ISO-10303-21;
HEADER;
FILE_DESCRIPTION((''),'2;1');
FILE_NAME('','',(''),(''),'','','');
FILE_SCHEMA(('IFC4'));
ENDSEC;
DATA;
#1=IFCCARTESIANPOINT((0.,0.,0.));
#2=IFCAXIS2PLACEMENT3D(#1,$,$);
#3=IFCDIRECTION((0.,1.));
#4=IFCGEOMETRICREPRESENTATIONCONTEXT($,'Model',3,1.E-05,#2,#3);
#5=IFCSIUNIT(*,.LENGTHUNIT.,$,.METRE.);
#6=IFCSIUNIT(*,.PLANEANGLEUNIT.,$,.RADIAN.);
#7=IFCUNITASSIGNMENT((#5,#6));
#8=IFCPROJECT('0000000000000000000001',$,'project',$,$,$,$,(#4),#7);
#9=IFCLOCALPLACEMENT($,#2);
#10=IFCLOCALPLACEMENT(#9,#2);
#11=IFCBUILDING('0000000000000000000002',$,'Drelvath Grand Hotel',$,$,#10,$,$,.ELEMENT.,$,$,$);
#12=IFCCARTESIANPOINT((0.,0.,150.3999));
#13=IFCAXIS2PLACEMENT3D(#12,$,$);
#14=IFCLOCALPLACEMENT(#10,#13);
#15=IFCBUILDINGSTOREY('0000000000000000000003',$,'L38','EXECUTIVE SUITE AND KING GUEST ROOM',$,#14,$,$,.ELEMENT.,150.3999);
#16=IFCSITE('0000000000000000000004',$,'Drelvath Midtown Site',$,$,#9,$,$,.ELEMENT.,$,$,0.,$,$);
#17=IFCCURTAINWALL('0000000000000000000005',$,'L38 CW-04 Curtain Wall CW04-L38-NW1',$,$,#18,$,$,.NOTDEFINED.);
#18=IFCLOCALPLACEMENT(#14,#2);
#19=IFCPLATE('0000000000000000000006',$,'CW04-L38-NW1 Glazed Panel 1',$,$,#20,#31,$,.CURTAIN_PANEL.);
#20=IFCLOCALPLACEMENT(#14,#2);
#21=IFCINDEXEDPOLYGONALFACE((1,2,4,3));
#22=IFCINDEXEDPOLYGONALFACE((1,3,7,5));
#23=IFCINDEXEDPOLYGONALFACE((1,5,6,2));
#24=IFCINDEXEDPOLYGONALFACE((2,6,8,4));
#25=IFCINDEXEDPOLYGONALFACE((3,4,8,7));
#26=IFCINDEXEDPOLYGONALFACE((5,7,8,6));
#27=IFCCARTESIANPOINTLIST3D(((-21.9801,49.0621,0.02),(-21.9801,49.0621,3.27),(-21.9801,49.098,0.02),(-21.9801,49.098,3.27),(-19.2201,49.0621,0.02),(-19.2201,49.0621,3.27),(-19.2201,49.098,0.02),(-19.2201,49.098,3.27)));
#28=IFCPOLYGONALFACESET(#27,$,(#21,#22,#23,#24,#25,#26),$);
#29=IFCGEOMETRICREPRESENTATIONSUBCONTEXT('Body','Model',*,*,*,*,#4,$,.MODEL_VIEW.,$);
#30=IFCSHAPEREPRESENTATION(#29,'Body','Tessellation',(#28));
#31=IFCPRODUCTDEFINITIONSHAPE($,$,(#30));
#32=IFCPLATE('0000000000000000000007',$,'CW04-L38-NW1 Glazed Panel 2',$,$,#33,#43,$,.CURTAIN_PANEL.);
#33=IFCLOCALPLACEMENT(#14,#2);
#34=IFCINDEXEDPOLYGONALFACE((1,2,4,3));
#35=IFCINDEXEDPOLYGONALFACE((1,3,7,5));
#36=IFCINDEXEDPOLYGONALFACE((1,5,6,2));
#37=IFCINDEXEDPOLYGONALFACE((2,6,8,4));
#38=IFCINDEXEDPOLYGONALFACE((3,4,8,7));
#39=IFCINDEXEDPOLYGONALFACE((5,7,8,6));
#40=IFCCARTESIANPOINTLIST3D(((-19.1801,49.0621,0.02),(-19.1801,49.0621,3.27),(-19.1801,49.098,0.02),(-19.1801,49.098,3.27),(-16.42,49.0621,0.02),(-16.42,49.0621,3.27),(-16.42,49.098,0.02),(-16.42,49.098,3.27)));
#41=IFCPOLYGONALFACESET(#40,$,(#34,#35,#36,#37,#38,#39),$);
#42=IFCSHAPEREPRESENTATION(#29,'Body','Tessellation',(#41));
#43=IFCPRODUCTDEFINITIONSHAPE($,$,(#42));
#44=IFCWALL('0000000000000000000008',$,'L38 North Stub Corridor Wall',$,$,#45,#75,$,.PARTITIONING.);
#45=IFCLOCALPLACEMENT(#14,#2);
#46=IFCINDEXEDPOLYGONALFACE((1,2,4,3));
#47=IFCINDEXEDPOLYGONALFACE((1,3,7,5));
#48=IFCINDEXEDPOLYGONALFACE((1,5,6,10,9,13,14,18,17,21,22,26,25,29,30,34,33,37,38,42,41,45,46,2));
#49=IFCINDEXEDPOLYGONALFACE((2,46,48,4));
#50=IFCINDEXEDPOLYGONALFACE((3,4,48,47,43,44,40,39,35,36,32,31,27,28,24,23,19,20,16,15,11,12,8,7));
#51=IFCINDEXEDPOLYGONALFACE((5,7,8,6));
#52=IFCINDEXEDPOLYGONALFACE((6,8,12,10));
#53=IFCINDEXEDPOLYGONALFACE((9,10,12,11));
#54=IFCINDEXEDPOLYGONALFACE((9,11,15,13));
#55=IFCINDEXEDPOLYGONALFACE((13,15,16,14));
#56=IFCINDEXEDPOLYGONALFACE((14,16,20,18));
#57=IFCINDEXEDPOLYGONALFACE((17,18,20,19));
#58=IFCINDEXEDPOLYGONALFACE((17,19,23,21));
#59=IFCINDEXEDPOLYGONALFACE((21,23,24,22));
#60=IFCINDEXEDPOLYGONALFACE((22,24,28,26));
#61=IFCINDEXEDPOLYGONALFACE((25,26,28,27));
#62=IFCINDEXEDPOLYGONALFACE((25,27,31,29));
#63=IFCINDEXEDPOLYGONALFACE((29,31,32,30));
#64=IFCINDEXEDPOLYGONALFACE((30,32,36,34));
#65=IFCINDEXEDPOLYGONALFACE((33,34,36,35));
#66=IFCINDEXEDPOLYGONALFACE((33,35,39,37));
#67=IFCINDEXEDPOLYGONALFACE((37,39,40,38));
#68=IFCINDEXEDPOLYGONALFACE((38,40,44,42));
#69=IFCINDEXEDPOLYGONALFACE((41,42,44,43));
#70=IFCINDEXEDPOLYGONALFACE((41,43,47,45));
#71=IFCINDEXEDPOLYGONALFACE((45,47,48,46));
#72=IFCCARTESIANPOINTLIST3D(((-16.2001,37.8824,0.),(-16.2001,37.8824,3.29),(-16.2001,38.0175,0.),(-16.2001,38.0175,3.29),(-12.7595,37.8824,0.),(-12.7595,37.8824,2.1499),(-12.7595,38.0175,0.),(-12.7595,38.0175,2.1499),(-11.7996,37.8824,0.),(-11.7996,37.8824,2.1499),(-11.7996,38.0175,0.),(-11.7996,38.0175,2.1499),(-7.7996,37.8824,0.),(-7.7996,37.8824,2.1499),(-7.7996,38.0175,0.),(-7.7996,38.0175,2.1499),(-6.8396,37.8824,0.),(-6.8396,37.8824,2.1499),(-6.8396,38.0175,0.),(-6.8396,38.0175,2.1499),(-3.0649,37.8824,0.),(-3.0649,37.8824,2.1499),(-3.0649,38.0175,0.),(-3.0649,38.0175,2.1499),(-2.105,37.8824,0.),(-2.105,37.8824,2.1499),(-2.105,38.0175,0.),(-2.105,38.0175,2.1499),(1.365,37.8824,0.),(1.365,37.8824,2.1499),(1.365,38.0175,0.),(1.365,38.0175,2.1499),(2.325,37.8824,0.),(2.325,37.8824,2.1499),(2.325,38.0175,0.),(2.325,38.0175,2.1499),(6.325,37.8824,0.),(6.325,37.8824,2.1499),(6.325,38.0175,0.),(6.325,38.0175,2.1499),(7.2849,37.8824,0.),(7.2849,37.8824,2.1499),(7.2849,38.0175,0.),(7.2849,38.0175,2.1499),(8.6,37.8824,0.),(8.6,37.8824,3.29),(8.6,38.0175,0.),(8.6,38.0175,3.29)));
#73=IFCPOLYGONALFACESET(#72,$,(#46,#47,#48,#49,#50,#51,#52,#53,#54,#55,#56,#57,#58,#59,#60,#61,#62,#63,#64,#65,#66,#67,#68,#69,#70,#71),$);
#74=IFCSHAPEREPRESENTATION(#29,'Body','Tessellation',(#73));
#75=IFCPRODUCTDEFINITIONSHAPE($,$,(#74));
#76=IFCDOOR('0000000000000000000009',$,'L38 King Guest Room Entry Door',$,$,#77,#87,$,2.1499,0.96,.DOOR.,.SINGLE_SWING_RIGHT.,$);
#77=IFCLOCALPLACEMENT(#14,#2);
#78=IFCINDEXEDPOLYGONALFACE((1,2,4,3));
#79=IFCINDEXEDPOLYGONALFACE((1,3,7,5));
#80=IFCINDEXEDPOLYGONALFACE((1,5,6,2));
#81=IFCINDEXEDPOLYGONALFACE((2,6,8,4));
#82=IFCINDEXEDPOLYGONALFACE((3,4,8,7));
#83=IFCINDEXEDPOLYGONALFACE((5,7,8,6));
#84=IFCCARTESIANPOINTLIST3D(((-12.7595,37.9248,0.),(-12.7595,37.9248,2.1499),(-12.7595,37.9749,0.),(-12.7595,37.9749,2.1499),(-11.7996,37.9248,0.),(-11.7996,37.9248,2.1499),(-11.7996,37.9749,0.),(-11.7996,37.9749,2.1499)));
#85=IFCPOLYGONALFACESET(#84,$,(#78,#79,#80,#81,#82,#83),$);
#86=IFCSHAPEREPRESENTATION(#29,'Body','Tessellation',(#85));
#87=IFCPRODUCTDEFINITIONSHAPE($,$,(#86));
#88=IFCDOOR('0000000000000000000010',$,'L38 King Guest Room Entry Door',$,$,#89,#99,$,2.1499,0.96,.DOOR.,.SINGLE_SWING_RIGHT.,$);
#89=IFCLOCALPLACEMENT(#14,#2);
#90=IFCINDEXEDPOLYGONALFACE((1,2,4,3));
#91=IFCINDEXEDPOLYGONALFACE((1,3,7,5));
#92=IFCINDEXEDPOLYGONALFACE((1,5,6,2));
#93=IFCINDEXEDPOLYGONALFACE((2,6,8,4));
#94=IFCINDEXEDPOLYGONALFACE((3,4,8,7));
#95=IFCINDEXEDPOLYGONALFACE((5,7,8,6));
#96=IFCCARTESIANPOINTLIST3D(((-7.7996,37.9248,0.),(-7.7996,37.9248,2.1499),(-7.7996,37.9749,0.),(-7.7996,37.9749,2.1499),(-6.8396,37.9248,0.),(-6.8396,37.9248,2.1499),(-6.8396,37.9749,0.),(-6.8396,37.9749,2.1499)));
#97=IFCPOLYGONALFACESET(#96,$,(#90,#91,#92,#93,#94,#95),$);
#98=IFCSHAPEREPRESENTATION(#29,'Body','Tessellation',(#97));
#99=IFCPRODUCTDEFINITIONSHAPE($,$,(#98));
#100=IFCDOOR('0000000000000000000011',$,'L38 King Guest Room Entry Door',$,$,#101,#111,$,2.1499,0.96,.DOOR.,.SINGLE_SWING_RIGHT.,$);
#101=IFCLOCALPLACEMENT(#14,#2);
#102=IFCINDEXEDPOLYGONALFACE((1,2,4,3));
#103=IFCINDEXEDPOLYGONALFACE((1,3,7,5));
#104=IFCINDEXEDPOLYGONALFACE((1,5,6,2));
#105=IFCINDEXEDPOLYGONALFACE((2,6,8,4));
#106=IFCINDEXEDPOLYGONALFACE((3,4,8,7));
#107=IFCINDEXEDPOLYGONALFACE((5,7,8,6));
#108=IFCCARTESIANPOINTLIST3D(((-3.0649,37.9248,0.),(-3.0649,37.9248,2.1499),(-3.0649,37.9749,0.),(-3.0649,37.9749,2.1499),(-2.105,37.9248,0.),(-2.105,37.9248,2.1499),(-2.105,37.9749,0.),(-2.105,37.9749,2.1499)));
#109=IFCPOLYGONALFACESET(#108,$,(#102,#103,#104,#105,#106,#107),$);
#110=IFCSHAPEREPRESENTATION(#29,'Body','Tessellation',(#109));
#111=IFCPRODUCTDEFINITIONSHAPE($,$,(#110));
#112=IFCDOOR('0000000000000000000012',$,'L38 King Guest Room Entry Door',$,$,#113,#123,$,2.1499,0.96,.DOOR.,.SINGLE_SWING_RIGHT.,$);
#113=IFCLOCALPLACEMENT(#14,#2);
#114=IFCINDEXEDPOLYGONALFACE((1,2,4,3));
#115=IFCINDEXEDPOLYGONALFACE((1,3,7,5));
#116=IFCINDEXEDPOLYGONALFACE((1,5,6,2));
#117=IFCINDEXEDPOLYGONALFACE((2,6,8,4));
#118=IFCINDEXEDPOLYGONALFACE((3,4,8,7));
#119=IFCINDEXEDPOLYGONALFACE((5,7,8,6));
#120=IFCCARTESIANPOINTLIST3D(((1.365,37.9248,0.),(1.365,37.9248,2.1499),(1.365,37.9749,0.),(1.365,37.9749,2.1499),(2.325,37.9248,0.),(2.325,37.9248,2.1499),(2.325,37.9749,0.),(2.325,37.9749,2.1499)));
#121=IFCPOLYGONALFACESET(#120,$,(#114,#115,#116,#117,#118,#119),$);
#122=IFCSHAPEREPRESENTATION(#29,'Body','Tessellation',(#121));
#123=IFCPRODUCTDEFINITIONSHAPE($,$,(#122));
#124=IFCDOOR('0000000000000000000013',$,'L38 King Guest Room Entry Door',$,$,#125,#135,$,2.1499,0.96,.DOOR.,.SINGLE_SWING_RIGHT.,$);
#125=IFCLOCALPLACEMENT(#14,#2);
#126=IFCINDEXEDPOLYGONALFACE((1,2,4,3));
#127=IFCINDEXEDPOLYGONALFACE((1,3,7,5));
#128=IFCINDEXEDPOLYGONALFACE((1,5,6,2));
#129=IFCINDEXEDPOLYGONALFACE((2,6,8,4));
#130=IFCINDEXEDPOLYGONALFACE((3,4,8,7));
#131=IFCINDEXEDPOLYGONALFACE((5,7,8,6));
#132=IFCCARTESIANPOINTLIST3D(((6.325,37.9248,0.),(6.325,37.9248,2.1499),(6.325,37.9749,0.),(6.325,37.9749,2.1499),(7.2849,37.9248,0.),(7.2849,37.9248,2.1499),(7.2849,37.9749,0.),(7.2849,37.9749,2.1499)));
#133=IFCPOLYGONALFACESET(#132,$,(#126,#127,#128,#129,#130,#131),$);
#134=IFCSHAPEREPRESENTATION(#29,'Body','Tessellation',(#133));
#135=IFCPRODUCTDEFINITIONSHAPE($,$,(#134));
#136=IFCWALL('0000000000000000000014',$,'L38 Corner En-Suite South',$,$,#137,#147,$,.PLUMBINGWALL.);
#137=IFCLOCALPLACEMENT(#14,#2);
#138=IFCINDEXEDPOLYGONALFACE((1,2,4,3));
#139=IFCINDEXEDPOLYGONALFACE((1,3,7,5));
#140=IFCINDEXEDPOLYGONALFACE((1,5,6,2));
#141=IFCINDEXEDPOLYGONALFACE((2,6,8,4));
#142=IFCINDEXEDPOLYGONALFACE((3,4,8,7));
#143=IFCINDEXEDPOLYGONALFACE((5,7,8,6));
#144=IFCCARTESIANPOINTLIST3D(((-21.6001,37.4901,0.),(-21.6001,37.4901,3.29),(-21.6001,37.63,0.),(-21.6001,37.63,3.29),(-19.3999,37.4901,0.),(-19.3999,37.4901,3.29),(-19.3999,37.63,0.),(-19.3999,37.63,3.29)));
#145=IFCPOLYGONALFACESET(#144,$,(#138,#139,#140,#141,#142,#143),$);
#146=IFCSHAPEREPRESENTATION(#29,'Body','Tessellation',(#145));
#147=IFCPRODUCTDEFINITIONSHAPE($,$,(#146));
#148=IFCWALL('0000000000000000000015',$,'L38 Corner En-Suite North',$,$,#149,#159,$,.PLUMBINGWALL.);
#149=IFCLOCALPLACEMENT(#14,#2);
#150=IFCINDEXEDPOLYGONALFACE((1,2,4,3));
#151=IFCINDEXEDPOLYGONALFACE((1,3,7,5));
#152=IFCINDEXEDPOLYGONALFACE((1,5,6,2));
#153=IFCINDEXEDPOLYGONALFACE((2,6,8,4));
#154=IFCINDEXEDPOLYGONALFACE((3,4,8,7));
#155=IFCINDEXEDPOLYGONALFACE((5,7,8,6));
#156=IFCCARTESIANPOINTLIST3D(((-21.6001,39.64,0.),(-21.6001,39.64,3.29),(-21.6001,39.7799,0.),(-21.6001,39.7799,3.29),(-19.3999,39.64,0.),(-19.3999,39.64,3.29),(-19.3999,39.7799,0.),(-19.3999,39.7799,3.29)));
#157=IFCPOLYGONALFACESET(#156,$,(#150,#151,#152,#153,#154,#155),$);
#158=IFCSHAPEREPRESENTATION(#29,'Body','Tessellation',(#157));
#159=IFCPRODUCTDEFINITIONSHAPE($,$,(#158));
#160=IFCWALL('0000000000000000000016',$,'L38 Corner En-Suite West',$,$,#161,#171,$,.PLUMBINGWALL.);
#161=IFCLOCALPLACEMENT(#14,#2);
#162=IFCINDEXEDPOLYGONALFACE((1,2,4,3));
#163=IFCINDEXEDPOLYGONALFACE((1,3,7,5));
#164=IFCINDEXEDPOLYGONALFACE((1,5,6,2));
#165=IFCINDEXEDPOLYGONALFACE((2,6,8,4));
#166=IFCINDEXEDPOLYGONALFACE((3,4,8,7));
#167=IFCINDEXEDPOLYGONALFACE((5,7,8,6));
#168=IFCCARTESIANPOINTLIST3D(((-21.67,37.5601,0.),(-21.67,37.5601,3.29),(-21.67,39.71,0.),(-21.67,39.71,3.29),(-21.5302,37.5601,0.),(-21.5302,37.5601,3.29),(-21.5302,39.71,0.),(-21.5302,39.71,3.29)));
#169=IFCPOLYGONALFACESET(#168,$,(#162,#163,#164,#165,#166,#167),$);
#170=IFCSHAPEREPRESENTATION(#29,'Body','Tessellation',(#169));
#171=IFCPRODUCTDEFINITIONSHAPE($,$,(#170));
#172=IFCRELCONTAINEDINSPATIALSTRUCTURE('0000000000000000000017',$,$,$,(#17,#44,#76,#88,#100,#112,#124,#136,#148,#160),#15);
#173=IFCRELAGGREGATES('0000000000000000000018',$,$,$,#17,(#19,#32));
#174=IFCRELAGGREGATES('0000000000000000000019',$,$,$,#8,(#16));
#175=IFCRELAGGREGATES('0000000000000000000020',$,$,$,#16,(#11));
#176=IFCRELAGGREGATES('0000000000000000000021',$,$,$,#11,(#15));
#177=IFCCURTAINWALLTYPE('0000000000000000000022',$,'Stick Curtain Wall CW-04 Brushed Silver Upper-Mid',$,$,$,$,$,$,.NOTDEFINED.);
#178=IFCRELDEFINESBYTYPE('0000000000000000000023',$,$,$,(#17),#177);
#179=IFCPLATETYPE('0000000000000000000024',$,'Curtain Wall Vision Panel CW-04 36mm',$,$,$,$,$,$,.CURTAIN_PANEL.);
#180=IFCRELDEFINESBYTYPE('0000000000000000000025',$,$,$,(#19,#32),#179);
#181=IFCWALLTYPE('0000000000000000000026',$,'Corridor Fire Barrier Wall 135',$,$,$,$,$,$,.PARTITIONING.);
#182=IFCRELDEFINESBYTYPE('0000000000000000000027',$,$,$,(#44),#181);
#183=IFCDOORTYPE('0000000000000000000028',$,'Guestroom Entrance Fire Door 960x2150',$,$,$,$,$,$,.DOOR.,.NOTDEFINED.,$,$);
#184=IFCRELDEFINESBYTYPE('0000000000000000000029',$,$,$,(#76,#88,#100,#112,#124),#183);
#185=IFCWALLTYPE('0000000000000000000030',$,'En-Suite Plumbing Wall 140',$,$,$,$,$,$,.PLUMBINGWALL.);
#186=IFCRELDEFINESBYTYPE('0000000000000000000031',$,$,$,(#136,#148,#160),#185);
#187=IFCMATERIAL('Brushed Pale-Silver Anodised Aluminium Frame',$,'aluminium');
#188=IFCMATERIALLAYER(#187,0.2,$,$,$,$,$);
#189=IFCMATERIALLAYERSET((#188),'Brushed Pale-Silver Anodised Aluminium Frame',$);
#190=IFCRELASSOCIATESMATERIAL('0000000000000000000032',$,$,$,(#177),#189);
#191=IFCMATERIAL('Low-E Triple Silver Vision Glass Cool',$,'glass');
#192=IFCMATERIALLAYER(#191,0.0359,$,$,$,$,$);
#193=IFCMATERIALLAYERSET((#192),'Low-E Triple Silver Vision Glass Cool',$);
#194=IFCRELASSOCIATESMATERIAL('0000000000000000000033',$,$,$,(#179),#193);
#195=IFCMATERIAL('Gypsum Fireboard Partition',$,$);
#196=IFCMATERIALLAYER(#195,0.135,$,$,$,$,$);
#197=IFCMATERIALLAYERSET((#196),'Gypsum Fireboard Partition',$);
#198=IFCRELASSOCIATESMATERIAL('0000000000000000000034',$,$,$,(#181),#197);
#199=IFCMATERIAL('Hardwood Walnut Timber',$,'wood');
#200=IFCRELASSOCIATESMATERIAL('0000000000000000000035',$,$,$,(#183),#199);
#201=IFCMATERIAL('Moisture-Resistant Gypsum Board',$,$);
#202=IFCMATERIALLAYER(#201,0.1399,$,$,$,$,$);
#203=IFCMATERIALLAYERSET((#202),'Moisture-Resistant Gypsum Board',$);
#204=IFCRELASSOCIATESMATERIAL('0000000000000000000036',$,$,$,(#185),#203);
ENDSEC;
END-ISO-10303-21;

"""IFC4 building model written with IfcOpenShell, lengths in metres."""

from ifc_helpers import new_model, si_unit, direction, frame, frame_2d, origin, origin_2d, place, context, subcontext, project, spatial, rectangle, extrude, material, layer, layer_set, type_object, element, fill, aggregate, save


model = new_model("IFC4")

# Units and contexts
model_context = context("Model", 3, precision=1e-05, world=origin(), true_north=direction((0.0, 1.0)))
body_context = subcontext(model_context, "Body", "Model", "MODEL_VIEW")
ifc_project = project(units=[si_unit("LENGTHUNIT", "METRE"), si_unit("PLANEANGLEUNIT", "RADIAN")], contexts=[model_context])

# Site, building, storey
site_placement = place(None, origin())
site = spatial("IfcSite", under=ifc_project, at=site_placement, Name="Drelvath Midtown Site", CompositionType="ELEMENT", RefElevation=0.0)
building_placement = place(site_placement, origin())
building = spatial("IfcBuilding", under=site, at=building_placement, Name="Drelvath Grand Hotel", CompositionType="ELEMENT")
storey_placement = place(building_placement, frame((0.0, 0.0, 150.3999)))
storey = spatial("IfcBuildingStorey", under=building, at=storey_placement, Name="L38", Description="EXECUTIVE SUITE AND KING GUEST ROOM", CompositionType="ELEMENT", Elevation=150.3999)

# Curtain wall
ifc_material_1 = material(Name="Brushed Pale-Silver Anodised Aluminium Frame", Category="aluminium")
ifc_layer_1 = layer(ifc_material_1, 0.2)
ifc_layer_set_1 = layer_set([ifc_layer_1], Name="Brushed Pale-Silver Anodised Aluminium Frame")
curtain_wall_type = type_object("IfcCurtainWallType", Name="Stick Curtain Wall CW-04 Brushed Silver Upper-Mid", PredefinedType="NOTDEFINED", material=ifc_layer_set_1)
curtain_wall_1_placement = place(storey_placement, origin())
curtain_wall_1 = element("IfcCurtainWall", 1, at=curtain_wall_1_placement, inside=storey, type_object=curtain_wall_type, Name="L38 CW-04 Curtain Wall CW04-L38-NW1", PredefinedType="NOTDEFINED")

# Plates
ifc_material_2 = material(Name="Low-E Triple Silver Vision Glass Cool", Category="glass")
ifc_layer_2 = layer(ifc_material_2, 0.0359)
ifc_layer_set_2 = layer_set([ifc_layer_2], Name="Low-E Triple Silver Vision Glass Cool")
plate_type = type_object("IfcPlateType", Name="Curtain Wall Vision Panel CW-04 36mm", PredefinedType="CURTAIN_PANEL", material=ifc_layer_set_2)
plate_1_placement = place(storey_placement, frame((-20.6001, 49.0801, 0.02), z_axis=(0.0, 0.0, 1.0), x_axis=(1.0, 0.0, 0.0)))
plate_1 = element("IfcPlate", 2, at=plate_1_placement, type_object=plate_type, Name="CW04-L38-NW1 Glazed Panel 1", PredefinedType="CURTAIN_PANEL", context=body_context, shape_type="SweptSolid", body=[
    extrude(rectangle(XDim=2.76, YDim=0.0359, at=origin_2d()), origin(), (0.0, 0.0, 1.0), 3.25),
])
plate_2_placement = place(storey_placement, frame((-17.8, 49.0801, 0.02), z_axis=(0.0, 0.0, 1.0), x_axis=(1.0, 0.0, 0.0)))
plate_2 = element("IfcPlate", 3, at=plate_2_placement, type_object=plate_type, Name="CW04-L38-NW1 Glazed Panel 2", PredefinedType="CURTAIN_PANEL", context=body_context, shape_type="SweptSolid", body=[
    extrude(rectangle(XDim=2.76, YDim=0.0359, at=origin_2d()), origin(), (0.0, 0.0, 1.0), 3.25),
])
aggregate(curtain_wall_1, [plate_1, plate_2])

# Wall, openings, doors
ifc_material_3 = material(Name="Gypsum Fireboard Partition")
ifc_layer_3 = layer(ifc_material_3, 0.135)
ifc_layer_set_3 = layer_set([ifc_layer_3], Name="Gypsum Fireboard Partition")
wall_type_1 = type_object("IfcWallType", Name="Corridor Fire Barrier Wall 135", PredefinedType="PARTITIONING", material=ifc_layer_set_3)
wall_1_placement = place(storey_placement, frame((-16.2, 37.95, 0.0), z_axis=(0.0, 0.0, 1.0), x_axis=(1.0, 0.0, 0.0)))
wall_1 = element("IfcWall", 4, at=wall_1_placement, inside=storey, type_object=wall_type_1, Name="L38 North Stub Corridor Wall", PredefinedType="PARTITIONING", context=body_context, shape_type="SweptSolid", body=[
    extrude(rectangle(XDim=24.8, YDim=0.135, at=frame_2d((12.3999, 0.0))), origin(), (0.0, 0.0, 1.0), 3.29),
])
opening_1_placement = place(wall_1_placement, frame((3.4404, 0.0, 0.0)))
opening_1 = element("IfcOpeningElement", 5, at=opening_1_placement, cuts=wall_1, PredefinedType="OPENING", context=body_context, shape_type="SweptSolid", body=[
    extrude(rectangle(XDim=0.96, YDim=2.1499, at=frame_2d((0.48, 1.075))), frame((0.0, 0.0774, 0.0), z_axis=(0.0, -1.0, 0.0), x_axis=(1.0, 0.0, 0.0)), (0.0, 0.0, 1.0), 0.155),
])
opening_2_placement = place(wall_1_placement, frame((8.4004, 0.0, 0.0)))
opening_2 = element("IfcOpeningElement", 6, at=opening_2_placement, cuts=wall_1, PredefinedType="OPENING", context=body_context, shape_type="SweptSolid", body=[
    extrude(rectangle(XDim=0.96, YDim=2.1499, at=frame_2d((0.48, 1.075))), frame((0.0, 0.0774, 0.0), z_axis=(0.0, -1.0, 0.0), x_axis=(1.0, 0.0, 0.0)), (0.0, 0.0, 1.0), 0.155),
])
opening_3_placement = place(wall_1_placement, frame((13.135, 0.0, 0.0)))
opening_3 = element("IfcOpeningElement", 7, at=opening_3_placement, cuts=wall_1, PredefinedType="OPENING", context=body_context, shape_type="SweptSolid", body=[
    extrude(rectangle(XDim=0.96, YDim=2.1499, at=frame_2d((0.48, 1.075))), frame((0.0, 0.0774, 0.0), z_axis=(0.0, -1.0, 0.0), x_axis=(1.0, 0.0, 0.0)), (0.0, 0.0, 1.0), 0.155),
])
opening_4_placement = place(wall_1_placement, frame((17.5649, 0.0, 0.0)))
opening_4 = element("IfcOpeningElement", 8, at=opening_4_placement, cuts=wall_1, PredefinedType="OPENING", context=body_context, shape_type="SweptSolid", body=[
    extrude(rectangle(XDim=0.96, YDim=2.1499, at=frame_2d((0.48, 1.075))), frame((0.0, 0.0774, 0.0), z_axis=(0.0, -1.0, 0.0), x_axis=(1.0, 0.0, 0.0)), (0.0, 0.0, 1.0), 0.155),
])
opening_5_placement = place(wall_1_placement, frame((22.5249, 0.0, 0.0)))
opening_5 = element("IfcOpeningElement", 9, at=opening_5_placement, cuts=wall_1, PredefinedType="OPENING", context=body_context, shape_type="SweptSolid", body=[
    extrude(rectangle(XDim=0.96, YDim=2.1499, at=frame_2d((0.48, 1.075))), frame((0.0, 0.0774, 0.0), z_axis=(0.0, -1.0, 0.0), x_axis=(1.0, 0.0, 0.0)), (0.0, 0.0, 1.0), 0.155),
])
ifc_material_4 = material(Name="Hardwood Walnut Timber", Category="wood")
door_type_1 = type_object("IfcDoorType", Name="Guestroom Entrance Fire Door 960x2150", OperationType="NOTDEFINED", PredefinedType="DOOR", material=ifc_material_4)
door_1_placement = place(opening_1_placement, origin())
door_1 = element("IfcDoor", 10, at=door_1_placement, inside=storey, type_object=door_type_1, Name="L38 King Guest Room Entry Door", OperationType="SINGLE_SWING_RIGHT", OverallHeight=2.1499, OverallWidth=0.96, PredefinedType="DOOR", context=body_context, shape_type="SweptSolid", body=[
    extrude(rectangle(XDim=0.96, YDim=2.1499, at=frame_2d((0.48, 1.075))), frame((0.0, 0.0249, 0.0), z_axis=(0.0, -1.0, 0.0), x_axis=(1.0, 0.0, 0.0)), (0.0, 0.0, 1.0), 0.05),
])
fill(opening_1, door_1)
door_2_placement = place(opening_2_placement, origin())
door_2 = element("IfcDoor", 11, at=door_2_placement, inside=storey, type_object=door_type_1, Name="L38 King Guest Room Entry Door", OperationType="SINGLE_SWING_RIGHT", OverallHeight=2.1499, OverallWidth=0.96, PredefinedType="DOOR", context=body_context, shape_type="SweptSolid", body=[
    extrude(rectangle(XDim=0.96, YDim=2.1499, at=frame_2d((0.48, 1.075))), frame((0.0, 0.0249, 0.0), z_axis=(0.0, -1.0, 0.0), x_axis=(1.0, 0.0, 0.0)), (0.0, 0.0, 1.0), 0.05),
])
fill(opening_2, door_2)
door_3_placement = place(opening_3_placement, origin())
door_3 = element("IfcDoor", 12, at=door_3_placement, inside=storey, type_object=door_type_1, Name="L38 King Guest Room Entry Door", OperationType="SINGLE_SWING_RIGHT", OverallHeight=2.1499, OverallWidth=0.96, PredefinedType="DOOR", context=body_context, shape_type="SweptSolid", body=[
    extrude(rectangle(XDim=0.96, YDim=2.1499, at=frame_2d((0.48, 1.075))), frame((0.0, 0.0249, 0.0), z_axis=(0.0, -1.0, 0.0), x_axis=(1.0, 0.0, 0.0)), (0.0, 0.0, 1.0), 0.05),
])
fill(opening_3, door_3)
door_4_placement = place(opening_4_placement, origin())
door_4 = element("IfcDoor", 13, at=door_4_placement, inside=storey, type_object=door_type_1, Name="L38 King Guest Room Entry Door", OperationType="SINGLE_SWING_RIGHT", OverallHeight=2.1499, OverallWidth=0.96, PredefinedType="DOOR", context=body_context, shape_type="SweptSolid", body=[
    extrude(rectangle(XDim=0.96, YDim=2.1499, at=frame_2d((0.48, 1.075))), frame((0.0, 0.0249, 0.0), z_axis=(0.0, -1.0, 0.0), x_axis=(1.0, 0.0, 0.0)), (0.0, 0.0, 1.0), 0.05),
])
fill(opening_4, door_4)
door_5_placement = place(opening_5_placement, origin())
door_5 = element("IfcDoor", 14, at=door_5_placement, inside=storey, type_object=door_type_1, Name="L38 King Guest Room Entry Door", OperationType="SINGLE_SWING_RIGHT", OverallHeight=2.1499, OverallWidth=0.96, PredefinedType="DOOR", context=body_context, shape_type="SweptSolid", body=[
    extrude(rectangle(XDim=0.96, YDim=2.1499, at=frame_2d((0.48, 1.075))), frame((0.0, 0.0249, 0.0), z_axis=(0.0, -1.0, 0.0), x_axis=(1.0, 0.0, 0.0)), (0.0, 0.0, 1.0), 0.05),
])
fill(opening_5, door_5)

# Walls
ifc_material_5 = material(Name="Moisture-Resistant Gypsum Board")
ifc_layer_4 = layer(ifc_material_5, 0.1399)
ifc_layer_set_4 = layer_set([ifc_layer_4], Name="Moisture-Resistant Gypsum Board")
wall_type_2 = type_object("IfcWallType", Name="En-Suite Plumbing Wall 140", PredefinedType="PLUMBINGWALL", material=ifc_layer_set_4)
for number, where, z_axis, x_axis, name in (
    (15, (-21.6001, 37.5601, 0.0), (0.0, 0.0, 1.0), (1.0, 0.0, 0.0), "L38 Corner En-Suite South"),
    (16, (-21.6001, 39.71, 0.0), (0.0, 0.0, 1.0), (1.0, 0.0, 0.0), "L38 Corner En-Suite North"),
):
    element("IfcWall", number, at=place(storey_placement, frame(where, z_axis=z_axis, x_axis=x_axis)), inside=storey, type_object=wall_type_2, Name=name, PredefinedType="PLUMBINGWALL", context=body_context, shape_type="SweptSolid", body=[
        extrude(rectangle(XDim=2.2002, YDim=0.1399, at=frame_2d((1.1001, 0.0))), origin(), (0.0, 0.0, 1.0), 3.29),
    ])
wall_2_placement = place(storey_placement, frame((-21.6001, 37.5601, 0.0), z_axis=(0.0, 0.0, 1.0), x_axis=(0.0, 1.0, 0.0)))
element("IfcWall", 17, at=wall_2_placement, inside=storey, type_object=wall_type_2, Name="L38 Corner En-Suite West", PredefinedType="PLUMBINGWALL", context=body_context, shape_type="SweptSolid", body=[
    extrude(rectangle(XDim=2.1499, YDim=0.1399, at=frame_2d((1.075, 0.0))), origin(), (0.0, 0.0, 1.0), 3.29),
])

save(model, "model.ifc")
